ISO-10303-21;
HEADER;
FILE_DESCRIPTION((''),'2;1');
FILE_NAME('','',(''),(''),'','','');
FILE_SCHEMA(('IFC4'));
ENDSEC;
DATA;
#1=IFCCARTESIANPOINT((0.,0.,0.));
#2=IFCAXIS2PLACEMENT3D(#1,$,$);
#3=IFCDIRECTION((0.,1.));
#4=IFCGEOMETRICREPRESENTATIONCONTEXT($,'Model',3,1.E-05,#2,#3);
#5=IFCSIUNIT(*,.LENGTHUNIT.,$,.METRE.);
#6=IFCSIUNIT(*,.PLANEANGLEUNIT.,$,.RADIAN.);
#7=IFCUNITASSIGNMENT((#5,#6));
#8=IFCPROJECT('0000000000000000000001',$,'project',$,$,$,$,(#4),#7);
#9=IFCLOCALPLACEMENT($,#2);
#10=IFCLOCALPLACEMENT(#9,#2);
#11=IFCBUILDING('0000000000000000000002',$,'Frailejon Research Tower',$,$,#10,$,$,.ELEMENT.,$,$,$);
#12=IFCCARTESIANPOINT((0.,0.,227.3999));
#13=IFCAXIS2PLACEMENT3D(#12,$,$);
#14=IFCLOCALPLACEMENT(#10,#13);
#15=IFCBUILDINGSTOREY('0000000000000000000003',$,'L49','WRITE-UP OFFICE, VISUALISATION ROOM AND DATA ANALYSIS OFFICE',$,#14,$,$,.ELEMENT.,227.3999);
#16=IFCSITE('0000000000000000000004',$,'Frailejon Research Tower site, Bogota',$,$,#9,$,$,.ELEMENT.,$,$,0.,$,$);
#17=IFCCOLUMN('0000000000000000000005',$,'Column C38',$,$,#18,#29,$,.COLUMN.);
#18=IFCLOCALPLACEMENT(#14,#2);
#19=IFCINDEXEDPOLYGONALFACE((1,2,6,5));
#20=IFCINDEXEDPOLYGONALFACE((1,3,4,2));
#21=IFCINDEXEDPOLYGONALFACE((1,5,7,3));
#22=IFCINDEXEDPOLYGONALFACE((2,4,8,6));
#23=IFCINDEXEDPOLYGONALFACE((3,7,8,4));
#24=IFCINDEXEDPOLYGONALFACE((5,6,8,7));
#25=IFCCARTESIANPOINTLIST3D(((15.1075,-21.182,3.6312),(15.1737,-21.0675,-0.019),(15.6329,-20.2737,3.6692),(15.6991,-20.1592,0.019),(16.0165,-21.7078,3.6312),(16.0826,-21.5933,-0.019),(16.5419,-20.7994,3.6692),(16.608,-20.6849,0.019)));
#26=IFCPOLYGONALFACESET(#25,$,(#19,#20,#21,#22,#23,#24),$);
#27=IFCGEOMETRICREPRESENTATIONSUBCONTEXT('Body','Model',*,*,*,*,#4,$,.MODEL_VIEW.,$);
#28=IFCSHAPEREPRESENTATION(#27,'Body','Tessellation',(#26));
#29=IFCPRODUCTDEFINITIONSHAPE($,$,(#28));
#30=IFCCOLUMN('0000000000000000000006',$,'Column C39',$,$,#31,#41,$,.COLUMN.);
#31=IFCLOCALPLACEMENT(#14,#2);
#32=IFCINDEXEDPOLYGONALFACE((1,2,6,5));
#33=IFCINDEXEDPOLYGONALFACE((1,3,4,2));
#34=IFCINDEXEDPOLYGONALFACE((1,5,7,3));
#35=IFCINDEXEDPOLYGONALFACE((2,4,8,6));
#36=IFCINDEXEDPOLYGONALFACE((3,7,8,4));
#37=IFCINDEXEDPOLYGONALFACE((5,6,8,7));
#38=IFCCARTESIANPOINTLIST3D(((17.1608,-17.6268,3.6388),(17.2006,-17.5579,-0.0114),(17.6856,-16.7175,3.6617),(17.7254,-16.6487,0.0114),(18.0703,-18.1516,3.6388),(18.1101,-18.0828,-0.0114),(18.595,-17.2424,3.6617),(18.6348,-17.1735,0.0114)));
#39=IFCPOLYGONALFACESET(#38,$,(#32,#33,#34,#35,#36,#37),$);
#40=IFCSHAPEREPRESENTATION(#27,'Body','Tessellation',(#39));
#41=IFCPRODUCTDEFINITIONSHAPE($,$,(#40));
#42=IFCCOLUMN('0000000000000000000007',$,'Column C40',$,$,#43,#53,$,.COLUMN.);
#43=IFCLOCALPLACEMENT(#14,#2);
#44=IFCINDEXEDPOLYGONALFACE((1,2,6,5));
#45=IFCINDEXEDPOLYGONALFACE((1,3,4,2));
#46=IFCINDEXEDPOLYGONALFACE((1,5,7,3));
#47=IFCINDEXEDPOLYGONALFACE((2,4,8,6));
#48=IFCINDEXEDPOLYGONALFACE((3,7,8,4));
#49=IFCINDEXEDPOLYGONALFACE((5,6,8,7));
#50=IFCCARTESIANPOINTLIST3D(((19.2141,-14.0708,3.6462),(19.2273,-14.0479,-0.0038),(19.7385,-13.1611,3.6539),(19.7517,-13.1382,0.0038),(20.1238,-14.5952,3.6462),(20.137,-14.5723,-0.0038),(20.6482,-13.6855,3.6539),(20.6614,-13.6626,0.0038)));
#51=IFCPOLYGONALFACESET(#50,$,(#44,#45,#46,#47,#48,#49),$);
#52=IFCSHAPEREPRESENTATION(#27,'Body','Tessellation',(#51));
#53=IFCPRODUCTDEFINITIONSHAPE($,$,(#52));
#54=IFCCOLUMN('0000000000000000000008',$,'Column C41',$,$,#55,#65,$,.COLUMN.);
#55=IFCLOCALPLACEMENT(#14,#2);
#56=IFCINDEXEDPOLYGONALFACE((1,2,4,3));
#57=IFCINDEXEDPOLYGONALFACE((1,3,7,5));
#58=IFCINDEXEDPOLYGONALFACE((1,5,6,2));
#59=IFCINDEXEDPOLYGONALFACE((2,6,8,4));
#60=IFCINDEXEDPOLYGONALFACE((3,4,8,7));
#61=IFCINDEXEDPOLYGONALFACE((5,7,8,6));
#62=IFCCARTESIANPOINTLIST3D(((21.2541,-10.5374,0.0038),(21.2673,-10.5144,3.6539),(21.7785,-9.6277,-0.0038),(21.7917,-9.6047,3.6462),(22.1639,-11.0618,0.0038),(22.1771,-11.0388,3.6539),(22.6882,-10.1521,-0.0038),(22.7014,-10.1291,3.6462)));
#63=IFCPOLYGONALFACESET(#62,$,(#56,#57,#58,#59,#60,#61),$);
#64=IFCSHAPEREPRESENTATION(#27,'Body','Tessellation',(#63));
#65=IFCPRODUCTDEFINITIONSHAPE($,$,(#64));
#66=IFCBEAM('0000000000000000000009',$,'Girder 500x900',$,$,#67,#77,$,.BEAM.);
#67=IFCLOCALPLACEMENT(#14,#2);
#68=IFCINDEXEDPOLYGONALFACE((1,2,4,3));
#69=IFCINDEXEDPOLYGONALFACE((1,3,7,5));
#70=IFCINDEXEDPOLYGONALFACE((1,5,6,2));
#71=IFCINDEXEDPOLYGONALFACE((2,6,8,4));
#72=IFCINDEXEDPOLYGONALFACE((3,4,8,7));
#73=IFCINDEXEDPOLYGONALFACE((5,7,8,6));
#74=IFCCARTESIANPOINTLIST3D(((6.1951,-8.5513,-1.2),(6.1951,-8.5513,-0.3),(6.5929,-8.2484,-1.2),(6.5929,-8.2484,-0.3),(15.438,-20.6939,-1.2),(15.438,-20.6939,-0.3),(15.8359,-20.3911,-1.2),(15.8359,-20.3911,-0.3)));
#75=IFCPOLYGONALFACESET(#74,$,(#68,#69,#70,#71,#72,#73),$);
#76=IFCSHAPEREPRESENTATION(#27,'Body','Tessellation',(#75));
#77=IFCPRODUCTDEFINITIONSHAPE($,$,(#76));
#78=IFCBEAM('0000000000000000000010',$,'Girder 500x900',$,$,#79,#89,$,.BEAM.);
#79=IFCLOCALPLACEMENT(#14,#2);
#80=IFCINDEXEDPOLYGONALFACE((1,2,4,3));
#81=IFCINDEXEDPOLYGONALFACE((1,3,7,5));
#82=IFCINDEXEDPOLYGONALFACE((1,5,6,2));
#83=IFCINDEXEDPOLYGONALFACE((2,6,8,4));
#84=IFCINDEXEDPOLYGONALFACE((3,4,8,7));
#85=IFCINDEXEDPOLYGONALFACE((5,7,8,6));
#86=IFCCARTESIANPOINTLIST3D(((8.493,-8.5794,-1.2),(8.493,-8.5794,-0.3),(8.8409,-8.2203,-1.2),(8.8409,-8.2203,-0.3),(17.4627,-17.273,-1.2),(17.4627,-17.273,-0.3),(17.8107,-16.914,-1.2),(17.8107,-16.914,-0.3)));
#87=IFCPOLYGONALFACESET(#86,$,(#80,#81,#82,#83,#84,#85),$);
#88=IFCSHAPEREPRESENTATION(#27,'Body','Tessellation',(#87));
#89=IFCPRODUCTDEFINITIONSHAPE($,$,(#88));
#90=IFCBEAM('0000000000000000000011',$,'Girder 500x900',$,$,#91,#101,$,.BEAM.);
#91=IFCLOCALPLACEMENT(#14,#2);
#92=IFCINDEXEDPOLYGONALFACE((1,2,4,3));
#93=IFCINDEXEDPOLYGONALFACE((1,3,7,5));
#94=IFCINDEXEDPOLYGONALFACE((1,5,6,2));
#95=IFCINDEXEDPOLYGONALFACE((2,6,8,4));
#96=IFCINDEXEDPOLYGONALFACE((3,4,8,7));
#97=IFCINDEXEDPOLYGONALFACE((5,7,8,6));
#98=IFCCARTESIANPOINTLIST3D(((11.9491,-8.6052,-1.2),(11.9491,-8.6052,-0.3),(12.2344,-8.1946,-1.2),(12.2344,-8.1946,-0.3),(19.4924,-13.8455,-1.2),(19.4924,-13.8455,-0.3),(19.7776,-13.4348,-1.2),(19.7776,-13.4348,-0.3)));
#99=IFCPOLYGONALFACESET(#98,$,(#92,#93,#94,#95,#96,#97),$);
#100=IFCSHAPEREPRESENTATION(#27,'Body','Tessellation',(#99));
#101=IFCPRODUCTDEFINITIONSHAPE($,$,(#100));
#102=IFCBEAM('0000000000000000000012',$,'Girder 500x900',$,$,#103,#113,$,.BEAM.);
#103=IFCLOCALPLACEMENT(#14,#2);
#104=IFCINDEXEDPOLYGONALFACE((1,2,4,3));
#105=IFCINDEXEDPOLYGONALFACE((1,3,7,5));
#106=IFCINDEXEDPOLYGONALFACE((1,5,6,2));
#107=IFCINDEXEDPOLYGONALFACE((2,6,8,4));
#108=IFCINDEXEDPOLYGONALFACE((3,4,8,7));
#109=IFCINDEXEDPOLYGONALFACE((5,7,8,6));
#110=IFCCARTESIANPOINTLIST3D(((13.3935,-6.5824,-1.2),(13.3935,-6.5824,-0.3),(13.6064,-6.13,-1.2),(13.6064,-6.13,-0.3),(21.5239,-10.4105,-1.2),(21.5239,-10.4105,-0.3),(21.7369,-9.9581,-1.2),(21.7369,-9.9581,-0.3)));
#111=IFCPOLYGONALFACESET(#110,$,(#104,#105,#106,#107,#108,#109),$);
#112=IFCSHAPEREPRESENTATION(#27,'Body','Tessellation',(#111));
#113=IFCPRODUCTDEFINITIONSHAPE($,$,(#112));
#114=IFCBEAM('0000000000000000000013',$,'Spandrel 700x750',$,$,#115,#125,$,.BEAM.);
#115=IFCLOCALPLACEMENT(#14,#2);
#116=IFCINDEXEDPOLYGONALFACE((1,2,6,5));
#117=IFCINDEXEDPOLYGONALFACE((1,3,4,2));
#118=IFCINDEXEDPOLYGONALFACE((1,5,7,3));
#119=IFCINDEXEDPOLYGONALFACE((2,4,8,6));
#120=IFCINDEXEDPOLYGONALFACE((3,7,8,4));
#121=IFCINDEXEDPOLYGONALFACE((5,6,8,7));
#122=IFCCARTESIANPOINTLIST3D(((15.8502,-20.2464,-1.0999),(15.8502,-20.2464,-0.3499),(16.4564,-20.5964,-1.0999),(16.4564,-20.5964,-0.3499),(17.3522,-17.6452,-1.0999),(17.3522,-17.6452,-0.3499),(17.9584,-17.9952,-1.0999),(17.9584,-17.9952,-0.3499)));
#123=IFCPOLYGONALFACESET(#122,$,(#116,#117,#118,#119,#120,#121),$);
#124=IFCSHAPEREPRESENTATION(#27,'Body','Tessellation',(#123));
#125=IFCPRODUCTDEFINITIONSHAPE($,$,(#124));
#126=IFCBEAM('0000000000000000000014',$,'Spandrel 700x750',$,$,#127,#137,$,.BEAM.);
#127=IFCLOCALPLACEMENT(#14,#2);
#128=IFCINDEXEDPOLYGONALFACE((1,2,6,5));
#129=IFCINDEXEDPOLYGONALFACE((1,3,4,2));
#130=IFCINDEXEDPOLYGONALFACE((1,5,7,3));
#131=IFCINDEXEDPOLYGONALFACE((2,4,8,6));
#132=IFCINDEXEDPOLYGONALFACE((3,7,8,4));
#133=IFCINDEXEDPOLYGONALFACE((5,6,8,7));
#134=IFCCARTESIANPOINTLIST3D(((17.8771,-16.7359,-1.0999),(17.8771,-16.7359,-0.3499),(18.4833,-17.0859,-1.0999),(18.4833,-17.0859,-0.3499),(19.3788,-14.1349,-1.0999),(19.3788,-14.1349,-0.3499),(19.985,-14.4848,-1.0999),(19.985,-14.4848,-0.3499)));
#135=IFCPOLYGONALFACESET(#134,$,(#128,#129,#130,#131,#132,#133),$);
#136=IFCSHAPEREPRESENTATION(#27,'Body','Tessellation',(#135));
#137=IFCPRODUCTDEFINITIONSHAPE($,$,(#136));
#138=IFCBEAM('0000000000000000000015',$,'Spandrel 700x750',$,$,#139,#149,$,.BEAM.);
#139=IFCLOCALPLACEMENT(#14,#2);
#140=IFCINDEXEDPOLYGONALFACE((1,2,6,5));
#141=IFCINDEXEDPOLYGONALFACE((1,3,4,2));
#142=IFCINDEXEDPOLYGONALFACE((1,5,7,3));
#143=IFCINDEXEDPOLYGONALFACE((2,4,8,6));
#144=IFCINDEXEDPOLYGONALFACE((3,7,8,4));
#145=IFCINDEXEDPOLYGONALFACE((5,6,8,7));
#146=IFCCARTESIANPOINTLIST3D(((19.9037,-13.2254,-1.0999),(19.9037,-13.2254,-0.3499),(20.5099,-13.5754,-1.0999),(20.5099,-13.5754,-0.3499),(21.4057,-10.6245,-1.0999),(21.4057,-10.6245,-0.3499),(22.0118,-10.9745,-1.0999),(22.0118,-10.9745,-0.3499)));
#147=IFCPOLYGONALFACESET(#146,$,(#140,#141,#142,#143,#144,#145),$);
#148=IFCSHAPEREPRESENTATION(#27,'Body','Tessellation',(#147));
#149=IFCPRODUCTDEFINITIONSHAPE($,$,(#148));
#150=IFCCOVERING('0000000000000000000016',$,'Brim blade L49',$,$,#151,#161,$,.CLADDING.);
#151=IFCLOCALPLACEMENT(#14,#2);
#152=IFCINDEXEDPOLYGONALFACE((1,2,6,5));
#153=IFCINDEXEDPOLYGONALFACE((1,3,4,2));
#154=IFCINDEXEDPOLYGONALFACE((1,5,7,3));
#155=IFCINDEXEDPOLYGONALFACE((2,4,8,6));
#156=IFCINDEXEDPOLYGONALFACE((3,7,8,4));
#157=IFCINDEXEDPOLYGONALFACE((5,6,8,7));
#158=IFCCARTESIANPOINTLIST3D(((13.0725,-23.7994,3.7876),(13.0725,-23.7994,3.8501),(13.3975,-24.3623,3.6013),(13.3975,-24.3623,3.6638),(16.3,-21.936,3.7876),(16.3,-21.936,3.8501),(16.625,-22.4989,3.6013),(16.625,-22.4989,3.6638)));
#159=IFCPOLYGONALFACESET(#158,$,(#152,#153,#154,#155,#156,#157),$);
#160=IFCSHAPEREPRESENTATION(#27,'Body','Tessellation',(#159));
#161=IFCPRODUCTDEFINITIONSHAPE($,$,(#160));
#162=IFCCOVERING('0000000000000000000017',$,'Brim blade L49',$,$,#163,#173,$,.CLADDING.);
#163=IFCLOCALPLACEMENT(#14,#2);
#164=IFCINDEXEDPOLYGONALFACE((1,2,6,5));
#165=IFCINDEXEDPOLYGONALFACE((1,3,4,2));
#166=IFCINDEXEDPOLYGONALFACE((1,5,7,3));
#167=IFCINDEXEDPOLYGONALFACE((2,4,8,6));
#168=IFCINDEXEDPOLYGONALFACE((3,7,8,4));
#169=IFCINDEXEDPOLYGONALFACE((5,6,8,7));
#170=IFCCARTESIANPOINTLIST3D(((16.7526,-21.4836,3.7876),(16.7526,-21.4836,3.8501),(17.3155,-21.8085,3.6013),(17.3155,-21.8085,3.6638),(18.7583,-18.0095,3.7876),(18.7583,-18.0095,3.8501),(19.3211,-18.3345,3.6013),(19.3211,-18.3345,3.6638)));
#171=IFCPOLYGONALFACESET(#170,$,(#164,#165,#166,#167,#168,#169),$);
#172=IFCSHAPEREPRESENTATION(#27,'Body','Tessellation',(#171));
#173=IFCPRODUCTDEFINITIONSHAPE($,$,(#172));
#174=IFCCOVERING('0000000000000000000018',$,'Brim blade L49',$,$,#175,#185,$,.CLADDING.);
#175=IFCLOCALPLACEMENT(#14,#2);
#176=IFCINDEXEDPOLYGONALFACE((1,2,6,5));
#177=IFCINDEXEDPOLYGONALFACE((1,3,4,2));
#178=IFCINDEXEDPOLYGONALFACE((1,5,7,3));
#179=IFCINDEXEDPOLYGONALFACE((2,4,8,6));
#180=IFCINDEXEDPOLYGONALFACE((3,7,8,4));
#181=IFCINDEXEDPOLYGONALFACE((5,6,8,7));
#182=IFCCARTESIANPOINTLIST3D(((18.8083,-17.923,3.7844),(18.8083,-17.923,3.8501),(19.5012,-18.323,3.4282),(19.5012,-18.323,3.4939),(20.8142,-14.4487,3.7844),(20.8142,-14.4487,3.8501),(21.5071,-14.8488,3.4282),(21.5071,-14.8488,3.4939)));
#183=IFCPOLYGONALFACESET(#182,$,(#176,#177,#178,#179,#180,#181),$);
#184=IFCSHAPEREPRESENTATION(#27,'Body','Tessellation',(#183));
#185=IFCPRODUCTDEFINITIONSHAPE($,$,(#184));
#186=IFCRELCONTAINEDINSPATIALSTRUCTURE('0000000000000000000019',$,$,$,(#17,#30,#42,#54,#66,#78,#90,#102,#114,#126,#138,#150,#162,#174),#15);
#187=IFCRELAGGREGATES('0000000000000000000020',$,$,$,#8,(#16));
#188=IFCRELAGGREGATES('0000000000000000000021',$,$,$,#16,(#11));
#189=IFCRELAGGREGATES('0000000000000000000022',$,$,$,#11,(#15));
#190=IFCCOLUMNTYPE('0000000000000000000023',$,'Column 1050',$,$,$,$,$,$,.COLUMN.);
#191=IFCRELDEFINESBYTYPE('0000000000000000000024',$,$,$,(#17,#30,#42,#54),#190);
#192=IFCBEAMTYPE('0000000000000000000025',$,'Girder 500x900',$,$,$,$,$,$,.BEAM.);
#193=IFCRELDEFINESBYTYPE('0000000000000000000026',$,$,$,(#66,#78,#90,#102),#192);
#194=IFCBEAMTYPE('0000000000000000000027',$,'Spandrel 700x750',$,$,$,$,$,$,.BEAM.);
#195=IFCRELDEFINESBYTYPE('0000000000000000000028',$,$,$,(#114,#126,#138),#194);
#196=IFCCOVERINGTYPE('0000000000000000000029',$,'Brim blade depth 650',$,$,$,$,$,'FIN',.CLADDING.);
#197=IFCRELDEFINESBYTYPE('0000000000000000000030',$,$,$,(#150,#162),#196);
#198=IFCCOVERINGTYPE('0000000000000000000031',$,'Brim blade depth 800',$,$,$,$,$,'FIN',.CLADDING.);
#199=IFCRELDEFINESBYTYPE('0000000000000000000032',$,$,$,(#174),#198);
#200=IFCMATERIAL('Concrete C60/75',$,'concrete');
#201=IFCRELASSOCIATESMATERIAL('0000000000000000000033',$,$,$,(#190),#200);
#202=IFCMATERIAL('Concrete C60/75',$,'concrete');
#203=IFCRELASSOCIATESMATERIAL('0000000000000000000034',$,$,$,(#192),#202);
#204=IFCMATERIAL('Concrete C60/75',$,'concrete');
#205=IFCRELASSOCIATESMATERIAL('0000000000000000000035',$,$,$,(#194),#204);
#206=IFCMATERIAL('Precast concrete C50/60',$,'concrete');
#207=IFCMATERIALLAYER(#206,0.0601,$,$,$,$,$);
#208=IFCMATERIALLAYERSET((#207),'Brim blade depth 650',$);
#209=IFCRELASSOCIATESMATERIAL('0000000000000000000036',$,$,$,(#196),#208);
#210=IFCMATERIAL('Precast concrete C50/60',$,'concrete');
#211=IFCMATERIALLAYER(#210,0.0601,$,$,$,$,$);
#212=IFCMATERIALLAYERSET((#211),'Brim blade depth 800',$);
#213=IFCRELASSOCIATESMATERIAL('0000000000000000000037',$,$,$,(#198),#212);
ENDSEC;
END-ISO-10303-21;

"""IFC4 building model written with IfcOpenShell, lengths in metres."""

from ifc_helpers import new_model, si_unit, direction, frame, origin, origin_2d, place, context, subcontext, project, spatial, polyline, rectangle, outline, extrude, material, layer, layer_set, material_profile, profile_set, type_object, element, save


model = new_model("IFC4")

# Units and contexts
model_context = context("Model", 3, precision=1e-05, world=origin(), true_north=direction((0.0, 1.0)))
body_context = subcontext(model_context, "Body", "Model", "MODEL_VIEW")
ifc_project = project(units=[si_unit("LENGTHUNIT", "METRE"), si_unit("PLANEANGLEUNIT", "RADIAN")], contexts=[model_context])

# Site, building, storey
site_placement = place(None, origin())
site = spatial("IfcSite", under=ifc_project, at=site_placement, Name="Frailejon Research Tower site, Bogota", CompositionType="ELEMENT", RefElevation=0.0)
building_placement = place(site_placement, origin())
building = spatial("IfcBuilding", under=site, at=building_placement, Name="Frailejon Research Tower", CompositionType="ELEMENT")
storey_placement = place(building_placement, frame((0.0, 0.0, 227.3999)))
storey = spatial("IfcBuildingStorey", under=building, at=storey_placement, Name="L49", Description="WRITE-UP OFFICE, VISUALISATION ROOM AND DATA ANALYSIS OFFICE", CompositionType="ELEMENT", Elevation=227.3999)

# Columns
ifc_material_1 = material(Name="Concrete C60/75", Category="concrete")
ifc_material_profile_1 = material_profile(ifc_material_1, rectangle(XDim=1.05, YDim=1.05, at=origin_2d()), Name="Column 1050")
ifc_profile_set_1 = profile_set([ifc_material_profile_1], Name="Concrete C60/75")
column_type = type_object("IfcColumnType", Name="Column 1050", PredefinedType="COLUMN", material=ifc_profile_set_1)
column_1_placement = place(storey_placement, frame((15.8909, -20.8762, 0.0), z_axis=(-0.018114, -0.031349, 0.999344), x_axis=(0.500358, 0.865061, 0.036206)))
element("IfcColumn", 1, at=column_1_placement, inside=storey, type_object=column_type, Name="Column C38", PredefinedType="COLUMN", context=body_context, shape_type="SweptSolid", body=[
    extrude(rectangle(XDim=1.05, YDim=1.05, at=origin_2d()), origin(), (0.0, 0.0, 1.0), 3.6526),
])
column_2_placement = place(storey_placement, frame((17.9177, -17.3657, 0.0), z_axis=(-0.0109, -0.018857, 0.999763), x_axis=(0.499729, 0.865908, 0.021781)))
element("IfcColumn", 2, at=column_2_placement, inside=storey, type_object=column_type, Name="Column C39", PredefinedType="COLUMN", context=body_context, shape_type="SweptSolid", body=[
    extrude(rectangle(XDim=1.05, YDim=1.05, at=origin_2d()), origin(), (0.0, 0.0, 1.0), 3.6511),
])
for number, where, z_axis, x_axis, name in (
    (3, (19.9443, -13.8552, 0.0), (-0.003612, -0.006287, 0.999974), (0.499382, 0.866352, 0.007251), "Column C40"),
    (4, (21.9712, -10.3447, 0.0), (0.003612, 0.006287, 0.999974), (0.499382, 0.866352, -0.007251), "Column C41"),
):
    element("IfcColumn", number, at=place(storey_placement, frame(where, z_axis=z_axis, x_axis=x_axis)), inside=storey, type_object=column_type, Name=name, PredefinedType="COLUMN", context=body_context, shape_type="SweptSolid", body=[
        extrude(rectangle(XDim=1.05, YDim=1.05, at=origin_2d()), origin(), (0.0, 0.0, 1.0), 3.6501),
    ])

# Beams
ifc_material_2 = material(Name="Concrete C60/75", Category="concrete")
ifc_material_profile_2 = material_profile(ifc_material_2, rectangle(XDim=0.5, YDim=0.8999, at=origin_2d()), Name="Girder 500x900")
ifc_profile_set_2 = profile_set([ifc_material_profile_2], Name="Concrete C60/75")
beam_type_1 = type_object("IfcBeamType", Name="Girder 500x900", PredefinedType="BEAM", material=ifc_profile_set_2)
beam_1_placement = place(storey_placement, frame((15.637, -20.5425, -0.75), z_axis=(-0.605688, 0.795702, 0.0), x_axis=(-0.795702, -0.605688, 0.0)))
element("IfcBeam", 5, at=beam_1_placement, inside=storey, type_object=beam_type_1, Name="Girder 500x900", PredefinedType="BEAM", context=body_context, shape_type="SweptSolid", body=[
    extrude(rectangle(XDim=0.5, YDim=0.8999, at=origin_2d()), origin(), (0.0, 0.0, 1.0), 15.2603),
])
beam_2_placement = place(storey_placement, frame((17.6367, -17.0935, -0.75), z_axis=(-0.718073, 0.695968, 0.0), x_axis=(-0.695968, -0.718073, 0.0)))
element("IfcBeam", 6, at=beam_2_placement, inside=storey, type_object=beam_type_1, Name="Girder 500x900", PredefinedType="BEAM", context=body_context, shape_type="SweptSolid", body=[
    extrude(rectangle(XDim=0.5, YDim=0.8999, at=origin_2d()), origin(), (0.0, 0.0, 1.0), 12.4915),
])
beam_3_placement = place(storey_placement, frame((19.635, -13.6401, -0.75), z_axis=(-0.821273, 0.570535, 0.0), x_axis=(-0.570535, -0.821273, 0.0)))
element("IfcBeam", 7, at=beam_3_placement, inside=storey, type_object=beam_type_1, Name="Girder 500x900", PredefinedType="BEAM", context=body_context, shape_type="SweptSolid", body=[
    extrude(rectangle(XDim=0.5, YDim=0.8999, at=origin_2d()), origin(), (0.0, 0.0, 1.0), 9.1848),
])
beam_4_placement = place(storey_placement, frame((21.6304, -10.1843, -0.75), z_axis=(-0.90473, 0.425985, 0.0), x_axis=(-0.425985, -0.90473, 0.0)))
element("IfcBeam", 8, at=beam_4_placement, inside=storey, type_object=beam_type_1, Name="Girder 500x900", PredefinedType="BEAM", context=body_context, shape_type="SweptSolid", body=[
    extrude(rectangle(XDim=0.5, YDim=0.8999, at=origin_2d()), origin(), (0.0, 0.0, 1.0), 8.9866),
])
ifc_material_3 = material(Name="Concrete C60/75", Category="concrete")
ifc_material_profile_3 = material_profile(ifc_material_3, rectangle(XDim=0.7, YDim=0.75, at=origin_2d()), Name="Spandrel 700x750")
ifc_profile_set_3 = profile_set([ifc_material_profile_3], Name="Concrete C60/75")
beam_type_2 = type_object("IfcBeamType", Name="Spandrel 700x750", PredefinedType="BEAM", material=ifc_profile_set_3)
beam_5_placement = place(storey_placement, frame((16.1533, -20.4214, -0.7249), z_axis=(0.500055, 0.865993, 0.0), x_axis=(-0.865993, 0.500055, 0.0)))
element("IfcBeam", 9, at=beam_5_placement, inside=storey, type_object=beam_type_2, Name="Spandrel 700x750", PredefinedType="BEAM", context=body_context, shape_type="SweptSolid", body=[
    extrude(rectangle(XDim=0.7, YDim=0.75, at=origin_2d()), origin(), (0.0, 0.0, 1.0), 3.0037),
])
for number, where, z_axis, x_axis, name in (
    (10, (18.1802, -16.9109, -0.7249), (0.499995, 0.866029, 0.0), (-0.866029, 0.499995, 0.0), "Spandrel 700x750"),
    (11, (20.2068, -13.4004, -0.7249), (0.500091, 0.865973, 0.0), (-0.865973, 0.500091, 0.0), "Spandrel 700x750"),
):
    element("IfcBeam", number, at=place(storey_placement, frame(where, z_axis=z_axis, x_axis=x_axis)), inside=storey, type_object=beam_type_2, Name=name, PredefinedType="BEAM", context=body_context, shape_type="SweptSolid", body=[
        extrude(rectangle(XDim=0.7, YDim=0.75, at=origin_2d()), origin(), (0.0, 0.0, 1.0), 3.0034),
    ])

# Coverings
ifc_material_4 = material(Name="Precast concrete C50/60", Category="concrete")
ifc_layer_1 = layer(ifc_material_4, 0.0601)
ifc_layer_set_1 = layer_set([ifc_layer_1], Name="Brim blade depth 650")
covering_type_1 = type_object("IfcCoveringType", Name="Brim blade depth 650", ElementType="FIN", PredefinedType="CLADDING", material=ifc_layer_set_1)
covering_1_placement = place(storey_placement, frame((16.3, -21.936, 3.8501), z_axis=(-0.866025, -0.500001, 0.0), x_axis=(0.500001, -0.866025, 0.0)))
element("IfcCovering", 12, at=covering_1_placement, inside=storey, type_object=covering_type_1, Name="Brim blade L49", PredefinedType="CLADDING", context=body_context, shape_type="SweptSolid", body=[
    extrude(outline(polyline([(0.0, -0.0625), (0.6499, -0.2488), (0.6499, -0.1863), (0.0, 0.0), (0.0, -0.0625)])), origin(), (0.0, 0.0, 1.0), 3.7268),
])
covering_2_placement = place(storey_placement, frame((18.7583, -18.0095, 3.8501), z_axis=(-0.499987, -0.866033, 0.0), x_axis=(0.866033, -0.499987, 0.0)))
element("IfcCovering", 13, at=covering_2_placement, inside=storey, type_object=covering_type_1, Name="Brim blade L49", PredefinedType="CLADDING", context=body_context, shape_type="SweptSolid", body=[
    extrude(outline(polyline([(0.0, -0.0625), (0.6499, -0.2488), (0.6499, -0.1863), (0.0, 0.0), (0.0, -0.0625)])), origin(), (0.0, 0.0, 1.0), 4.0115),
])
ifc_material_5 = material(Name="Precast concrete C50/60", Category="concrete")
ifc_layer_2 = layer(ifc_material_5, 0.0601)
ifc_layer_set_2 = layer_set([ifc_layer_2], Name="Brim blade depth 800")
covering_type_2 = type_object("IfcCoveringType", Name="Brim blade depth 800", ElementType="FIN", PredefinedType="CLADDING", material=ifc_layer_set_2)
covering_3_placement = place(storey_placement, frame((20.8142, -14.4487, 3.8501), z_axis=(-0.500005, -0.866022, 0.0), x_axis=(0.866022, -0.500005, 0.0)))
element("IfcCovering", 14, at=covering_3_placement, inside=storey, type_object=covering_type_2, Name="Brim blade L49", PredefinedType="CLADDING", context=body_context, shape_type="SweptSolid", body=[
    extrude(outline(polyline([(0.0, -0.0657), (0.8, -0.4219), (0.8, -0.3562), (0.0, 0.0), (0.0, -0.0657)])), origin(), (0.0, 0.0, 1.0), 4.0117),
])

save(model, "model.ifc")
